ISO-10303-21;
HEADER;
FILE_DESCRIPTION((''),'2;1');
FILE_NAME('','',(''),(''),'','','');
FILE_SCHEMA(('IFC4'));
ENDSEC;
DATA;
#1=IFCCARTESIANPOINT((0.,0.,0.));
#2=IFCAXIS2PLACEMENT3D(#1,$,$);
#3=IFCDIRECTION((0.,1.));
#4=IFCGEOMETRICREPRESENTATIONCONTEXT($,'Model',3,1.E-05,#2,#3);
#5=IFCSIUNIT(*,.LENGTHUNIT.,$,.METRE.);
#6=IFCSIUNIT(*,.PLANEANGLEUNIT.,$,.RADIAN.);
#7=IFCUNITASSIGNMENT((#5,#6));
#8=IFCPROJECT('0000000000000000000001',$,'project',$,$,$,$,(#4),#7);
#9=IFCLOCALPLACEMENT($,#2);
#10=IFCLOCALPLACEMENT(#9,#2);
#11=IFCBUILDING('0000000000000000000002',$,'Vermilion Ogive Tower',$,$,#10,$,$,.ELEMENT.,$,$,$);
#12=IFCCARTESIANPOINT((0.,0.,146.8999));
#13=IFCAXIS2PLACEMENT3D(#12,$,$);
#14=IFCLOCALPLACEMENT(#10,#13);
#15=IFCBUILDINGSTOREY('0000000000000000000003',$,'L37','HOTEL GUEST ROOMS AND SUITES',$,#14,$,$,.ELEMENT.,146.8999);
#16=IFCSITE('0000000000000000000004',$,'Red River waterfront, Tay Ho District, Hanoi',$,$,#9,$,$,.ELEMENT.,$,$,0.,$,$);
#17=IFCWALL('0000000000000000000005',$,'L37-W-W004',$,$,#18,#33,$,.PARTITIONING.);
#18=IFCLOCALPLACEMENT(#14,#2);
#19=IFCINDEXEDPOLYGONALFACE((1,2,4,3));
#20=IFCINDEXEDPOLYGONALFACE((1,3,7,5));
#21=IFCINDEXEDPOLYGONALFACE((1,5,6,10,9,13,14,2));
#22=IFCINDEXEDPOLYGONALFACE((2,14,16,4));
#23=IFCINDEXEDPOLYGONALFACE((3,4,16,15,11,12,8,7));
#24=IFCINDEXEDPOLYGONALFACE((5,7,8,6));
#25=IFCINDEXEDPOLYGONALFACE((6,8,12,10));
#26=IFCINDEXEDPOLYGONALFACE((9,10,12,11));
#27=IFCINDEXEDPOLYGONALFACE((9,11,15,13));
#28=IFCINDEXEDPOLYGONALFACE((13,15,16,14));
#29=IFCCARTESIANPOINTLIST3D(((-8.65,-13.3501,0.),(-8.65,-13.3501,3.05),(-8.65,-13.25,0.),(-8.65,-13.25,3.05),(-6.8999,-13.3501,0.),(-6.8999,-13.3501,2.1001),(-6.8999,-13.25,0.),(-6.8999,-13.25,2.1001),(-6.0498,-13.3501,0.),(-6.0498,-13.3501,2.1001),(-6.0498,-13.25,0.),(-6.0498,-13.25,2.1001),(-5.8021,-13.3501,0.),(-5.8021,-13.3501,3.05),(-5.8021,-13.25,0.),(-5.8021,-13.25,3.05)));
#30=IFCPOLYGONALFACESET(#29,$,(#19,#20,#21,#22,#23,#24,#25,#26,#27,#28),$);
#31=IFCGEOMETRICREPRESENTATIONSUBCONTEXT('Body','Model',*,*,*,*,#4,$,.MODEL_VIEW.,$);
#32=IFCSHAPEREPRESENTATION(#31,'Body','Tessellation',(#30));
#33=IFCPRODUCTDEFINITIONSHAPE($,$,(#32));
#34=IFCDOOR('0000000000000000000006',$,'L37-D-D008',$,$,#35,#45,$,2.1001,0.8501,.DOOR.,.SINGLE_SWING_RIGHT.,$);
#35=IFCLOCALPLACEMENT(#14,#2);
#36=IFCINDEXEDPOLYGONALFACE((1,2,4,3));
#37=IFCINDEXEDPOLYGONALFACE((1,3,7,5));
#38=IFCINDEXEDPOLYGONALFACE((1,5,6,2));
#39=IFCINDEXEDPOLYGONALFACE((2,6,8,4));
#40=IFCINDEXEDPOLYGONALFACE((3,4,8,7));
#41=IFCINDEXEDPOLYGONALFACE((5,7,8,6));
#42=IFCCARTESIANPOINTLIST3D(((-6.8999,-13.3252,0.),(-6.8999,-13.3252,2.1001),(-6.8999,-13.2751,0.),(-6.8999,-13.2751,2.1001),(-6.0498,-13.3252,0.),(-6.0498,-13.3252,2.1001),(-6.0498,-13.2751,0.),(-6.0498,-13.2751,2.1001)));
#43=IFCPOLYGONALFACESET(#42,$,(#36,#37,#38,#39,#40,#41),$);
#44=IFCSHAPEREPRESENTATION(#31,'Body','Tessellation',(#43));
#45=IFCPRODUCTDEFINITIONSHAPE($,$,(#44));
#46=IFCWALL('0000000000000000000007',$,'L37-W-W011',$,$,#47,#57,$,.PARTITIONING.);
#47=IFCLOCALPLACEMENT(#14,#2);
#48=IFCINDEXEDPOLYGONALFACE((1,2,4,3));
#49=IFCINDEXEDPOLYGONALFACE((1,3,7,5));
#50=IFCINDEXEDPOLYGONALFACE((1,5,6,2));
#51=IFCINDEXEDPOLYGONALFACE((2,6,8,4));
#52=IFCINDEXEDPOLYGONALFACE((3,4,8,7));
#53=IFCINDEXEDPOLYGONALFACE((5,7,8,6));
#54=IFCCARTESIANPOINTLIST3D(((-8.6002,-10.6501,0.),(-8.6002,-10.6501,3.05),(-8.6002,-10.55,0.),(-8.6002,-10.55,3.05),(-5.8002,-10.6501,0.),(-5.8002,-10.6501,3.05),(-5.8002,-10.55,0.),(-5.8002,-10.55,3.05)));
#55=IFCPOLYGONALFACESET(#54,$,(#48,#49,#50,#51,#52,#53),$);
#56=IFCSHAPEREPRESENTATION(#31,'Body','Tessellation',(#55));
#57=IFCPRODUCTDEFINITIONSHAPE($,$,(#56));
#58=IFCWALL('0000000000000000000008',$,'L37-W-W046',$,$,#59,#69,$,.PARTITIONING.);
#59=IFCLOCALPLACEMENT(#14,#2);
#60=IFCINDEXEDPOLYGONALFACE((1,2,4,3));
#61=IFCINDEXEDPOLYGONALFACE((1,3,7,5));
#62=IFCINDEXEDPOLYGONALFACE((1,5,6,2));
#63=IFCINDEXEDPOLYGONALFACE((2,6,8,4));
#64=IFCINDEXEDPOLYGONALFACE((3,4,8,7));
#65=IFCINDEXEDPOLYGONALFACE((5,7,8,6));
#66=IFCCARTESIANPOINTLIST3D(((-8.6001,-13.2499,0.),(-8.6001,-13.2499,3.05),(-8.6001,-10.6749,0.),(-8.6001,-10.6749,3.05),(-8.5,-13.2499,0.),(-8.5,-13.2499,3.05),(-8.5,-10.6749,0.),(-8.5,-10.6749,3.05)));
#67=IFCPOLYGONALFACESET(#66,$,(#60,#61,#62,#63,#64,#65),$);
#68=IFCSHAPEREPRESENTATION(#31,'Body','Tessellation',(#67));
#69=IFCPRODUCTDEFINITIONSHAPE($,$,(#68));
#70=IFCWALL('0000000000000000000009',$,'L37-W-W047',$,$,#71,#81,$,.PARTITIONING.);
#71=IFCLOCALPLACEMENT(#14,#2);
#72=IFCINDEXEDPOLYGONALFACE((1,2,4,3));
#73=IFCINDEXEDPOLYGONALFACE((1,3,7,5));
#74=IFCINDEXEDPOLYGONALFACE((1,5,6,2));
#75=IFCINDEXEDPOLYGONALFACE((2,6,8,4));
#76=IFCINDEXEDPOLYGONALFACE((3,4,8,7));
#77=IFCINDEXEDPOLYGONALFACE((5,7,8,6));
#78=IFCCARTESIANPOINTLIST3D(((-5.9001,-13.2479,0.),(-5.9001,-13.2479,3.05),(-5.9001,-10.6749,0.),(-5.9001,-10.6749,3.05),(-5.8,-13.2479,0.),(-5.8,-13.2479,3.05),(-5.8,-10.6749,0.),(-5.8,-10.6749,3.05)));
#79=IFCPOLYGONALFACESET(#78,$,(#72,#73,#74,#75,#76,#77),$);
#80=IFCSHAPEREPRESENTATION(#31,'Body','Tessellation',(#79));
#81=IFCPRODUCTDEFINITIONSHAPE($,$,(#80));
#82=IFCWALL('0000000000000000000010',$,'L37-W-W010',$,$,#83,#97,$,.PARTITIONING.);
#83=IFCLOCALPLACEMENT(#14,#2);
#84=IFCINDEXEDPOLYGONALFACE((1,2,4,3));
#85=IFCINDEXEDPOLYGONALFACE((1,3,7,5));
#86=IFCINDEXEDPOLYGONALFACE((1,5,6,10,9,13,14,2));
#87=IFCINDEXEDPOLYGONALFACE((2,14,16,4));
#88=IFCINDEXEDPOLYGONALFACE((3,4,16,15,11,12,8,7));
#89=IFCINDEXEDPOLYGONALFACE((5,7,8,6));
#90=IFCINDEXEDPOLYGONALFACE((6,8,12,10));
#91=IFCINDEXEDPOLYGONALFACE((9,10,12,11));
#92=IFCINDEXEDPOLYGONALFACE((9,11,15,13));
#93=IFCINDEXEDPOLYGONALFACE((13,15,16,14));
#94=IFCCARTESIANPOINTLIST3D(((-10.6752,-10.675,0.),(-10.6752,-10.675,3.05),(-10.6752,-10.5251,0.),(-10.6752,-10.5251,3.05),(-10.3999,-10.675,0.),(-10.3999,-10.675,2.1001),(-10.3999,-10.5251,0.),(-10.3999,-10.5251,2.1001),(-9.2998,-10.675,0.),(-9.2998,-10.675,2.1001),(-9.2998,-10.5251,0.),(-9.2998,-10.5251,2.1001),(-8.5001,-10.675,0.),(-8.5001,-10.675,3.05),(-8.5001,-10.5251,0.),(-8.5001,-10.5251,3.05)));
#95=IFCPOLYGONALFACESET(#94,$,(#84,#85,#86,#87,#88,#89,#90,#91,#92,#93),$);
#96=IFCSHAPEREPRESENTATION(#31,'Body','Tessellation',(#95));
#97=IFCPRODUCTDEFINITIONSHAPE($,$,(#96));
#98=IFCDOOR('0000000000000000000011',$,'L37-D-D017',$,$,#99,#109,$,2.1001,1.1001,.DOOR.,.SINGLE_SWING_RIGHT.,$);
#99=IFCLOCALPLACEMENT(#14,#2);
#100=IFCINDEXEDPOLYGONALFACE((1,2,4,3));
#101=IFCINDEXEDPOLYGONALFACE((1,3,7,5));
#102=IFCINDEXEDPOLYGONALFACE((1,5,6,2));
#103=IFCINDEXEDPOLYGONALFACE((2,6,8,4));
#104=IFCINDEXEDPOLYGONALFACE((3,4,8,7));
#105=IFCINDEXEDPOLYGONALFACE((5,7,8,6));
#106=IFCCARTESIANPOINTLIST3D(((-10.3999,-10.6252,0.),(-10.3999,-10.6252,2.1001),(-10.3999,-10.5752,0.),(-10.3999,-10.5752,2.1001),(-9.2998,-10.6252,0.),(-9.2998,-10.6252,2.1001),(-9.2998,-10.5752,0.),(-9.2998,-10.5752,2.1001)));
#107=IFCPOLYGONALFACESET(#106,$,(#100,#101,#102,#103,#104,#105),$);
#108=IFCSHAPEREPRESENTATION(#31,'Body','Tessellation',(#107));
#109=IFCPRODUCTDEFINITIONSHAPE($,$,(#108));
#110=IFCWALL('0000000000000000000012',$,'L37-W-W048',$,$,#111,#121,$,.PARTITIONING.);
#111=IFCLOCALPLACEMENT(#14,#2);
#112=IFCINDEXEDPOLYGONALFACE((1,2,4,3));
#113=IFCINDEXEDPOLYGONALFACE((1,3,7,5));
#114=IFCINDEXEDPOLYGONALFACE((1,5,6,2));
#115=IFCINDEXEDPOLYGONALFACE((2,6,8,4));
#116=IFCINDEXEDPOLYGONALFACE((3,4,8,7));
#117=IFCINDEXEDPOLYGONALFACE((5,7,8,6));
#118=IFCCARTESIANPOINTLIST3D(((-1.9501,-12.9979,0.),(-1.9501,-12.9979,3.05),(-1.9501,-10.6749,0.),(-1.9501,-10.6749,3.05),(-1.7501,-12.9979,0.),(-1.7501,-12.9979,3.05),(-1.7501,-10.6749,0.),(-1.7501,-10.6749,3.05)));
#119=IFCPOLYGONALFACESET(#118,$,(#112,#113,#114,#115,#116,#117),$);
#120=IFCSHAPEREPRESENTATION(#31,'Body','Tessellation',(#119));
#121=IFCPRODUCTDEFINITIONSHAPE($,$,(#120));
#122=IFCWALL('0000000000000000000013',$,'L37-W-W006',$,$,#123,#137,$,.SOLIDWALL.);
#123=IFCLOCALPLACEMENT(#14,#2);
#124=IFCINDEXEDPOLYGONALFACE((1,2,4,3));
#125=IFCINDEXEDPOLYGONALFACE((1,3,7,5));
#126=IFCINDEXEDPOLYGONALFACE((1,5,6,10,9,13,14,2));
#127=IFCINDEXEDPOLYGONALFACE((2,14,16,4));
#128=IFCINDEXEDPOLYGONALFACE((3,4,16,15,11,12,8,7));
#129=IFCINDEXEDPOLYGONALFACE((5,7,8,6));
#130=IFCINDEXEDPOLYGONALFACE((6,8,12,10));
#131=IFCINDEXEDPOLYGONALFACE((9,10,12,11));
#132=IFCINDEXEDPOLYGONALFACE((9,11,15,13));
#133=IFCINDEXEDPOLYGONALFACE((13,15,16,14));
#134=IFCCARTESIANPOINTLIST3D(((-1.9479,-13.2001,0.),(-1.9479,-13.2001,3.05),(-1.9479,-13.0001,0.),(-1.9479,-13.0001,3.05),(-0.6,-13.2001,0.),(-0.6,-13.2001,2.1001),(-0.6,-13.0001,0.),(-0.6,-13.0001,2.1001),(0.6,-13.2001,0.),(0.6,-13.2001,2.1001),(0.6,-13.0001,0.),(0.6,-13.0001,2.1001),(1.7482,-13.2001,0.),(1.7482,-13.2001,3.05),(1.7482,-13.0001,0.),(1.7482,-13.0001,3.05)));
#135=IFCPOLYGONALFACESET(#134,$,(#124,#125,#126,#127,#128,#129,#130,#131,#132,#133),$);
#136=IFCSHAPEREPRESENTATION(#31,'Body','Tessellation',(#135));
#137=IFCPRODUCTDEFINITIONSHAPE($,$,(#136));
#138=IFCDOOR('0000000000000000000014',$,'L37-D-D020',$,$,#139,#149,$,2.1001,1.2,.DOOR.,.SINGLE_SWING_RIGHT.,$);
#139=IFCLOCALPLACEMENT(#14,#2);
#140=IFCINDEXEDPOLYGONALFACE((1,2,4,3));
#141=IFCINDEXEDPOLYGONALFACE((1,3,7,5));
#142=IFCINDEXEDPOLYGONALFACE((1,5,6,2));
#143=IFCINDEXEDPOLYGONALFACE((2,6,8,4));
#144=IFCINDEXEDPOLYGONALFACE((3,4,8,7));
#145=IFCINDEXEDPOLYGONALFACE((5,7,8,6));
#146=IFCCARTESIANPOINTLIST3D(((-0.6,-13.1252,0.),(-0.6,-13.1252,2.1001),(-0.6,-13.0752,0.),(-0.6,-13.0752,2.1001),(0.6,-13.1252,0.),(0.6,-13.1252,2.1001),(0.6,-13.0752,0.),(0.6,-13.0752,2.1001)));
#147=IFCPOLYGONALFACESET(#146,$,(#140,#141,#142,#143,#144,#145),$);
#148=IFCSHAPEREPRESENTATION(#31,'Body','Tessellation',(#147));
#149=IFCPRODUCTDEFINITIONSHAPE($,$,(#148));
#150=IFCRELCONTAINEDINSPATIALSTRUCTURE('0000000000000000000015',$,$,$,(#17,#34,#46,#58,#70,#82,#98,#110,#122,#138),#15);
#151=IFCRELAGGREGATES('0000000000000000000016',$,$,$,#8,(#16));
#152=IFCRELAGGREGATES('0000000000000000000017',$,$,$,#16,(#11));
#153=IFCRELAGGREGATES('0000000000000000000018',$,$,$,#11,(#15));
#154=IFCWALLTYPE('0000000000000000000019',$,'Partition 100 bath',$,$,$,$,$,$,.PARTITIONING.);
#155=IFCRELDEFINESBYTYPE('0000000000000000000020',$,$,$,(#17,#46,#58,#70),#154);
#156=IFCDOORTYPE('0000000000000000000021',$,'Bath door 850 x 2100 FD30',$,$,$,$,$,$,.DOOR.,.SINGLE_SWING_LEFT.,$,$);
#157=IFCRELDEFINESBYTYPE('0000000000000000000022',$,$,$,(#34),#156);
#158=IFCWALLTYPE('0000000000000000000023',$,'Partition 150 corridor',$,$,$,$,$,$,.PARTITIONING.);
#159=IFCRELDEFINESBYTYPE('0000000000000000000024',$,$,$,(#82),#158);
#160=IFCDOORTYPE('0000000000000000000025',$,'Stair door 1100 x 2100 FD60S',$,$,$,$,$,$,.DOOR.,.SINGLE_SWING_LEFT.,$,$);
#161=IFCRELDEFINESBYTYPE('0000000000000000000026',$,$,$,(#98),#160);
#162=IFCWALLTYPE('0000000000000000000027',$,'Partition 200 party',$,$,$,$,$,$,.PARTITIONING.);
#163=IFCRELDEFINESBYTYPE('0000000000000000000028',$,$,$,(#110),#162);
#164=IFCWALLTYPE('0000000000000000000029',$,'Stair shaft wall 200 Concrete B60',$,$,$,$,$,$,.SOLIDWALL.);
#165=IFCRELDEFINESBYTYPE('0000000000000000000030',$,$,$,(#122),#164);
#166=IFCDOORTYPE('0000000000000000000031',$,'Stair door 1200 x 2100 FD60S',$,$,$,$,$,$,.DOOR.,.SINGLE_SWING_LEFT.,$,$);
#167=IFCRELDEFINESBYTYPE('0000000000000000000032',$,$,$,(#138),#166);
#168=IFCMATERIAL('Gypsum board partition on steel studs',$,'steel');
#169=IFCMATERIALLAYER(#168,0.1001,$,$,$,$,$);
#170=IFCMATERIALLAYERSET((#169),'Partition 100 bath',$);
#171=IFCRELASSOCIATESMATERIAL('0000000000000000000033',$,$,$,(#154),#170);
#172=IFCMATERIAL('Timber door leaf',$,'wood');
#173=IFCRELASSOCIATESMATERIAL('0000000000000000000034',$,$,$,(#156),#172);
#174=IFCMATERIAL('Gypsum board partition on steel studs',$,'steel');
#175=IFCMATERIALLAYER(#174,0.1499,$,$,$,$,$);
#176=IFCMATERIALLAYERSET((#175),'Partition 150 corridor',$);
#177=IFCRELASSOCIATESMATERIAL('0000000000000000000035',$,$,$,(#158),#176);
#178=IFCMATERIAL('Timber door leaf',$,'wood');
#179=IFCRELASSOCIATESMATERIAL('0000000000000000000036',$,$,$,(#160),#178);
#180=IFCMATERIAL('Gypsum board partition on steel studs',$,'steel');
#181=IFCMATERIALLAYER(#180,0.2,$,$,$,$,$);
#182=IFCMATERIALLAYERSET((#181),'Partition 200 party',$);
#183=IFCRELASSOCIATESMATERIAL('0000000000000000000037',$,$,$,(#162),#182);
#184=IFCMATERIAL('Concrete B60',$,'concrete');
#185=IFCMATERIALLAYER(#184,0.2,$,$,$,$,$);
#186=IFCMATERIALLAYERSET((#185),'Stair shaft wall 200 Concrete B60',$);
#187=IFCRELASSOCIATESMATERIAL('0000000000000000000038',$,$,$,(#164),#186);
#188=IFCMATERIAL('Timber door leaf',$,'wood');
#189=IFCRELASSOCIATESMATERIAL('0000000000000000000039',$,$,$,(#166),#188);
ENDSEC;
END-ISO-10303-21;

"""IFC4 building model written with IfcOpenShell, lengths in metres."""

from ifc_helpers import new_model, si_unit, direction, frame, frame_2d, origin, place, context, subcontext, project, spatial, rectangle, extrude, material, layer, layer_set, type_object, element, fill, save


model = new_model("IFC4")

# Units and contexts
model_context = context("Model", 3, precision=1e-05, world=origin(), true_north=direction((0.0, 1.0)))
body_context = subcontext(model_context, "Body", "Model", "MODEL_VIEW")
ifc_project = project(units=[si_unit("LENGTHUNIT", "METRE"), si_unit("PLANEANGLEUNIT", "RADIAN")], contexts=[model_context])

# Site, building, storey
site_placement = place(None, origin())
site = spatial("IfcSite", under=ifc_project, at=site_placement, Name="Red River waterfront, Tay Ho District, Hanoi", CompositionType="ELEMENT", RefElevation=0.0)
building_placement = place(site_placement, origin())
building = spatial("IfcBuilding", under=site, at=building_placement, Name="Vermilion Ogive Tower", CompositionType="ELEMENT")
storey_placement = place(building_placement, frame((0.0, 0.0, 146.8999)))
storey = spatial("IfcBuildingStorey", under=building, at=storey_placement, Name="L37", Description="HOTEL GUEST ROOMS AND SUITES", CompositionType="ELEMENT", Elevation=146.8999)

# Wall, opening, door
ifc_material_1 = material(Name="Gypsum board partition on steel studs", Category="steel")
ifc_layer_1 = layer(ifc_material_1, 0.1001)
ifc_layer_set_1 = layer_set([ifc_layer_1], Name="Partition 100 bath")
wall_type_1 = type_object("IfcWallType", Name="Partition 100 bath", PredefinedType="PARTITIONING", material=ifc_layer_set_1)
wall_1_placement = place(storey_placement, frame((-8.6499, -13.3, 0.0), z_axis=(0.0, 0.0, 1.0), x_axis=(1.0, 0.0, 0.0)))
wall_1 = element("IfcWall", 1, at=wall_1_placement, inside=storey, type_object=wall_type_1, Name="L37-W-W004", PredefinedType="PARTITIONING", context=body_context, shape_type="SweptSolid", body=[
    extrude(rectangle(XDim=2.8479, YDim=0.1001, at=frame_2d((1.4238, 0.0))), origin(), (0.0, 0.0, 1.0), 3.05),
])
opening_1_placement = place(wall_1_placement, frame((1.75, 0.0, 0.0)))
opening_1 = element("IfcOpeningElement", 2, at=opening_1_placement, cuts=wall_1, PredefinedType="OPENING", context=body_context, shape_type="SweptSolid", body=[
    extrude(rectangle(XDim=0.8501, YDim=2.1001, at=frame_2d((0.425, 1.05))), frame((0.0, 0.0601, 0.0), z_axis=(0.0, -1.0, 0.0), x_axis=(1.0, 0.0, 0.0)), (0.0, 0.0, 1.0), 0.1201),
])
ifc_material_2 = material(Name="Timber door leaf", Category="wood")
door_type_1 = type_object("IfcDoorType", Name="Bath door 850 x 2100 FD30", OperationType="SINGLE_SWING_LEFT", PredefinedType="DOOR", material=ifc_material_2)
door_1_placement = place(opening_1_placement, origin())
door_1 = element("IfcDoor", 3, at=door_1_placement, inside=storey, type_object=door_type_1, Name="L37-D-D008", OperationType="SINGLE_SWING_RIGHT", OverallHeight=2.1001, OverallWidth=0.8501, PredefinedType="DOOR", context=body_context, shape_type="SweptSolid", body=[
    extrude(rectangle(XDim=0.8501, YDim=2.1001, at=frame_2d((0.425, 1.05))), frame((0.0, 0.0249, 0.0), z_axis=(0.0, -1.0, 0.0), x_axis=(1.0, 0.0, 0.0)), (0.0, 0.0, 1.0), 0.05),
])
fill(opening_1, door_1)

# Walls
wall_2_placement = place(storey_placement, frame((-8.6001, -10.6001, 0.0), z_axis=(0.0, 0.0, 1.0), x_axis=(1.0, 0.0, 0.0)))
element("IfcWall", 4, at=wall_2_placement, inside=storey, type_object=wall_type_1, Name="L37-W-W011", PredefinedType="PARTITIONING", context=body_context, shape_type="SweptSolid", body=[
    extrude(rectangle(XDim=2.8, YDim=0.1001, at=frame_2d((1.3999, 0.0))), origin(), (0.0, 0.0, 1.0), 3.05),
])
wall_3_placement = place(storey_placement, frame((-8.55, -13.25, 0.0), z_axis=(0.0, 0.0, 1.0), x_axis=(0.0, 1.0, 0.0)))
element("IfcWall", 5, at=wall_3_placement, inside=storey, type_object=wall_type_1, Name="L37-W-W046", PredefinedType="PARTITIONING", context=body_context, shape_type="SweptSolid", body=[
    extrude(rectangle(XDim=2.575, YDim=0.1001, at=frame_2d((1.2876, 0.0))), origin(), (0.0, 0.0, 1.0), 3.05),
])
wall_4_placement = place(storey_placement, frame((-5.8501, -13.248, 0.0), z_axis=(0.0, 0.0, 1.0), x_axis=(0.0, 1.0, 0.0)))
element("IfcWall", 6, at=wall_4_placement, inside=storey, type_object=wall_type_1, Name="L37-W-W047", PredefinedType="PARTITIONING", context=body_context, shape_type="SweptSolid", body=[
    extrude(rectangle(XDim=2.573, YDim=0.1001, at=frame_2d((1.2866, 0.0))), origin(), (0.0, 0.0, 1.0), 3.05),
])

# Wall, opening, door
ifc_material_3 = material(Name="Gypsum board partition on steel studs", Category="steel")
ifc_layer_2 = layer(ifc_material_3, 0.1499)
ifc_layer_set_2 = layer_set([ifc_layer_2], Name="Partition 150 corridor")
wall_type_2 = type_object("IfcWallType", Name="Partition 150 corridor", PredefinedType="PARTITIONING", material=ifc_layer_set_2)
wall_5_placement = place(storey_placement, frame((-10.675, -10.6001, 0.0), z_axis=(0.0, 0.0, 1.0), x_axis=(1.0, 0.0, 0.0)))
wall_5 = element("IfcWall", 7, at=wall_5_placement, inside=storey, type_object=wall_type_2, Name="L37-W-W010", PredefinedType="PARTITIONING", context=body_context, shape_type="SweptSolid", body=[
    extrude(rectangle(XDim=2.175, YDim=0.1499, at=frame_2d((1.0874, 0.0))), origin(), (0.0, 0.0, 1.0), 3.05),
])
opening_2_placement = place(wall_5_placement, frame((0.2751, 0.0, 0.0)))
opening_2 = element("IfcOpeningElement", 8, at=opening_2_placement, cuts=wall_5, PredefinedType="OPENING", context=body_context, shape_type="SweptSolid", body=[
    extrude(rectangle(XDim=1.1001, YDim=2.1001, at=frame_2d((0.55, 1.05))), frame((0.0, 0.085, 0.0), z_axis=(0.0, -1.0, 0.0), x_axis=(1.0, 0.0, 0.0)), (0.0, 0.0, 1.0), 0.1699),
])
ifc_material_4 = material(Name="Timber door leaf", Category="wood")
door_type_2 = type_object("IfcDoorType", Name="Stair door 1100 x 2100 FD60S", OperationType="SINGLE_SWING_LEFT", PredefinedType="DOOR", material=ifc_material_4)
door_2_placement = place(opening_2_placement, origin())
door_2 = element("IfcDoor", 9, at=door_2_placement, inside=storey, type_object=door_type_2, Name="L37-D-D017", OperationType="SINGLE_SWING_RIGHT", OverallHeight=2.1001, OverallWidth=1.1001, PredefinedType="DOOR", context=body_context, shape_type="SweptSolid", body=[
    extrude(rectangle(XDim=1.1001, YDim=2.1001, at=frame_2d((0.55, 1.05))), frame((0.0, 0.0249, 0.0), z_axis=(0.0, -1.0, 0.0), x_axis=(1.0, 0.0, 0.0)), (0.0, 0.0, 1.0), 0.05),
])
fill(opening_2, door_2)

# Wall
ifc_material_5 = material(Name="Gypsum board partition on steel studs", Category="steel")
ifc_layer_3 = layer(ifc_material_5, 0.2)
ifc_layer_set_3 = layer_set([ifc_layer_3], Name="Partition 200 party")
wall_type_3 = type_object("IfcWallType", Name="Partition 200 party", PredefinedType="PARTITIONING", material=ifc_layer_set_3)
wall_6_placement = place(storey_placement, frame((-1.8501, -12.998, 0.0), z_axis=(0.0, 0.0, 1.0), x_axis=(0.0, 1.0, 0.0)))
element("IfcWall", 10, at=wall_6_placement, inside=storey, type_object=wall_type_3, Name="L37-W-W048", PredefinedType="PARTITIONING", context=body_context, shape_type="SweptSolid", body=[
    extrude(rectangle(XDim=2.323, YDim=0.2, at=frame_2d((1.1616, 0.0))), origin(), (0.0, 0.0, 1.0), 3.05),
])

# Wall, opening, door
ifc_material_6 = material(Name="Concrete B60", Category="concrete")
ifc_layer_4 = layer(ifc_material_6, 0.2)
ifc_layer_set_4 = layer_set([ifc_layer_4], Name="Stair shaft wall 200 Concrete B60")
wall_type_4 = type_object("IfcWallType", Name="Stair shaft wall 200 Concrete B60", PredefinedType="SOLIDWALL", material=ifc_layer_set_4)
wall_7_placement = place(storey_placement, frame((-1.948, -13.1001, 0.0), z_axis=(0.0, 0.0, 1.0), x_axis=(1.0, 0.0, 0.0)))
wall_7 = element("IfcWall", 11, at=wall_7_placement, inside=storey, type_object=wall_type_4, Name="L37-W-W006", PredefinedType="SOLIDWALL", context=body_context, shape_type="SweptSolid", body=[
    extrude(rectangle(XDim=3.696, YDim=0.2, at=frame_2d((1.8481, 0.0))), origin(), (0.0, 0.0, 1.0), 3.05),
])
opening_3_placement = place(wall_7_placement, frame((1.3479, 0.0, 0.0)))
opening_3 = element("IfcOpeningElement", 12, at=opening_3_placement, cuts=wall_7, PredefinedType="OPENING", context=body_context, shape_type="SweptSolid", body=[
    extrude(rectangle(XDim=1.2, YDim=2.1001, at=frame_2d((0.6001, 1.05))), frame((0.0, 0.1099, 0.0), z_axis=(0.0, -1.0, 0.0), x_axis=(1.0, 0.0, 0.0)), (0.0, 0.0, 1.0), 0.22),
])
ifc_material_7 = material(Name="Timber door leaf", Category="wood")
door_type_3 = type_object("IfcDoorType", Name="Stair door 1200 x 2100 FD60S", OperationType="SINGLE_SWING_LEFT", PredefinedType="DOOR", material=ifc_material_7)
door_3_placement = place(opening_3_placement, origin())
door_3 = element("IfcDoor", 13, at=door_3_placement, inside=storey, type_object=door_type_3, Name="L37-D-D020", OperationType="SINGLE_SWING_RIGHT", OverallHeight=2.1001, OverallWidth=1.2, PredefinedType="DOOR", context=body_context, shape_type="SweptSolid", body=[
    extrude(rectangle(XDim=1.2, YDim=2.1001, at=frame_2d((0.6001, 1.05))), frame((0.0, 0.0249, 0.0), z_axis=(0.0, -1.0, 0.0), x_axis=(1.0, 0.0, 0.0)), (0.0, 0.0, 1.0), 0.05),
])
fill(opening_3, door_3)

save(model, "model.ifc")
